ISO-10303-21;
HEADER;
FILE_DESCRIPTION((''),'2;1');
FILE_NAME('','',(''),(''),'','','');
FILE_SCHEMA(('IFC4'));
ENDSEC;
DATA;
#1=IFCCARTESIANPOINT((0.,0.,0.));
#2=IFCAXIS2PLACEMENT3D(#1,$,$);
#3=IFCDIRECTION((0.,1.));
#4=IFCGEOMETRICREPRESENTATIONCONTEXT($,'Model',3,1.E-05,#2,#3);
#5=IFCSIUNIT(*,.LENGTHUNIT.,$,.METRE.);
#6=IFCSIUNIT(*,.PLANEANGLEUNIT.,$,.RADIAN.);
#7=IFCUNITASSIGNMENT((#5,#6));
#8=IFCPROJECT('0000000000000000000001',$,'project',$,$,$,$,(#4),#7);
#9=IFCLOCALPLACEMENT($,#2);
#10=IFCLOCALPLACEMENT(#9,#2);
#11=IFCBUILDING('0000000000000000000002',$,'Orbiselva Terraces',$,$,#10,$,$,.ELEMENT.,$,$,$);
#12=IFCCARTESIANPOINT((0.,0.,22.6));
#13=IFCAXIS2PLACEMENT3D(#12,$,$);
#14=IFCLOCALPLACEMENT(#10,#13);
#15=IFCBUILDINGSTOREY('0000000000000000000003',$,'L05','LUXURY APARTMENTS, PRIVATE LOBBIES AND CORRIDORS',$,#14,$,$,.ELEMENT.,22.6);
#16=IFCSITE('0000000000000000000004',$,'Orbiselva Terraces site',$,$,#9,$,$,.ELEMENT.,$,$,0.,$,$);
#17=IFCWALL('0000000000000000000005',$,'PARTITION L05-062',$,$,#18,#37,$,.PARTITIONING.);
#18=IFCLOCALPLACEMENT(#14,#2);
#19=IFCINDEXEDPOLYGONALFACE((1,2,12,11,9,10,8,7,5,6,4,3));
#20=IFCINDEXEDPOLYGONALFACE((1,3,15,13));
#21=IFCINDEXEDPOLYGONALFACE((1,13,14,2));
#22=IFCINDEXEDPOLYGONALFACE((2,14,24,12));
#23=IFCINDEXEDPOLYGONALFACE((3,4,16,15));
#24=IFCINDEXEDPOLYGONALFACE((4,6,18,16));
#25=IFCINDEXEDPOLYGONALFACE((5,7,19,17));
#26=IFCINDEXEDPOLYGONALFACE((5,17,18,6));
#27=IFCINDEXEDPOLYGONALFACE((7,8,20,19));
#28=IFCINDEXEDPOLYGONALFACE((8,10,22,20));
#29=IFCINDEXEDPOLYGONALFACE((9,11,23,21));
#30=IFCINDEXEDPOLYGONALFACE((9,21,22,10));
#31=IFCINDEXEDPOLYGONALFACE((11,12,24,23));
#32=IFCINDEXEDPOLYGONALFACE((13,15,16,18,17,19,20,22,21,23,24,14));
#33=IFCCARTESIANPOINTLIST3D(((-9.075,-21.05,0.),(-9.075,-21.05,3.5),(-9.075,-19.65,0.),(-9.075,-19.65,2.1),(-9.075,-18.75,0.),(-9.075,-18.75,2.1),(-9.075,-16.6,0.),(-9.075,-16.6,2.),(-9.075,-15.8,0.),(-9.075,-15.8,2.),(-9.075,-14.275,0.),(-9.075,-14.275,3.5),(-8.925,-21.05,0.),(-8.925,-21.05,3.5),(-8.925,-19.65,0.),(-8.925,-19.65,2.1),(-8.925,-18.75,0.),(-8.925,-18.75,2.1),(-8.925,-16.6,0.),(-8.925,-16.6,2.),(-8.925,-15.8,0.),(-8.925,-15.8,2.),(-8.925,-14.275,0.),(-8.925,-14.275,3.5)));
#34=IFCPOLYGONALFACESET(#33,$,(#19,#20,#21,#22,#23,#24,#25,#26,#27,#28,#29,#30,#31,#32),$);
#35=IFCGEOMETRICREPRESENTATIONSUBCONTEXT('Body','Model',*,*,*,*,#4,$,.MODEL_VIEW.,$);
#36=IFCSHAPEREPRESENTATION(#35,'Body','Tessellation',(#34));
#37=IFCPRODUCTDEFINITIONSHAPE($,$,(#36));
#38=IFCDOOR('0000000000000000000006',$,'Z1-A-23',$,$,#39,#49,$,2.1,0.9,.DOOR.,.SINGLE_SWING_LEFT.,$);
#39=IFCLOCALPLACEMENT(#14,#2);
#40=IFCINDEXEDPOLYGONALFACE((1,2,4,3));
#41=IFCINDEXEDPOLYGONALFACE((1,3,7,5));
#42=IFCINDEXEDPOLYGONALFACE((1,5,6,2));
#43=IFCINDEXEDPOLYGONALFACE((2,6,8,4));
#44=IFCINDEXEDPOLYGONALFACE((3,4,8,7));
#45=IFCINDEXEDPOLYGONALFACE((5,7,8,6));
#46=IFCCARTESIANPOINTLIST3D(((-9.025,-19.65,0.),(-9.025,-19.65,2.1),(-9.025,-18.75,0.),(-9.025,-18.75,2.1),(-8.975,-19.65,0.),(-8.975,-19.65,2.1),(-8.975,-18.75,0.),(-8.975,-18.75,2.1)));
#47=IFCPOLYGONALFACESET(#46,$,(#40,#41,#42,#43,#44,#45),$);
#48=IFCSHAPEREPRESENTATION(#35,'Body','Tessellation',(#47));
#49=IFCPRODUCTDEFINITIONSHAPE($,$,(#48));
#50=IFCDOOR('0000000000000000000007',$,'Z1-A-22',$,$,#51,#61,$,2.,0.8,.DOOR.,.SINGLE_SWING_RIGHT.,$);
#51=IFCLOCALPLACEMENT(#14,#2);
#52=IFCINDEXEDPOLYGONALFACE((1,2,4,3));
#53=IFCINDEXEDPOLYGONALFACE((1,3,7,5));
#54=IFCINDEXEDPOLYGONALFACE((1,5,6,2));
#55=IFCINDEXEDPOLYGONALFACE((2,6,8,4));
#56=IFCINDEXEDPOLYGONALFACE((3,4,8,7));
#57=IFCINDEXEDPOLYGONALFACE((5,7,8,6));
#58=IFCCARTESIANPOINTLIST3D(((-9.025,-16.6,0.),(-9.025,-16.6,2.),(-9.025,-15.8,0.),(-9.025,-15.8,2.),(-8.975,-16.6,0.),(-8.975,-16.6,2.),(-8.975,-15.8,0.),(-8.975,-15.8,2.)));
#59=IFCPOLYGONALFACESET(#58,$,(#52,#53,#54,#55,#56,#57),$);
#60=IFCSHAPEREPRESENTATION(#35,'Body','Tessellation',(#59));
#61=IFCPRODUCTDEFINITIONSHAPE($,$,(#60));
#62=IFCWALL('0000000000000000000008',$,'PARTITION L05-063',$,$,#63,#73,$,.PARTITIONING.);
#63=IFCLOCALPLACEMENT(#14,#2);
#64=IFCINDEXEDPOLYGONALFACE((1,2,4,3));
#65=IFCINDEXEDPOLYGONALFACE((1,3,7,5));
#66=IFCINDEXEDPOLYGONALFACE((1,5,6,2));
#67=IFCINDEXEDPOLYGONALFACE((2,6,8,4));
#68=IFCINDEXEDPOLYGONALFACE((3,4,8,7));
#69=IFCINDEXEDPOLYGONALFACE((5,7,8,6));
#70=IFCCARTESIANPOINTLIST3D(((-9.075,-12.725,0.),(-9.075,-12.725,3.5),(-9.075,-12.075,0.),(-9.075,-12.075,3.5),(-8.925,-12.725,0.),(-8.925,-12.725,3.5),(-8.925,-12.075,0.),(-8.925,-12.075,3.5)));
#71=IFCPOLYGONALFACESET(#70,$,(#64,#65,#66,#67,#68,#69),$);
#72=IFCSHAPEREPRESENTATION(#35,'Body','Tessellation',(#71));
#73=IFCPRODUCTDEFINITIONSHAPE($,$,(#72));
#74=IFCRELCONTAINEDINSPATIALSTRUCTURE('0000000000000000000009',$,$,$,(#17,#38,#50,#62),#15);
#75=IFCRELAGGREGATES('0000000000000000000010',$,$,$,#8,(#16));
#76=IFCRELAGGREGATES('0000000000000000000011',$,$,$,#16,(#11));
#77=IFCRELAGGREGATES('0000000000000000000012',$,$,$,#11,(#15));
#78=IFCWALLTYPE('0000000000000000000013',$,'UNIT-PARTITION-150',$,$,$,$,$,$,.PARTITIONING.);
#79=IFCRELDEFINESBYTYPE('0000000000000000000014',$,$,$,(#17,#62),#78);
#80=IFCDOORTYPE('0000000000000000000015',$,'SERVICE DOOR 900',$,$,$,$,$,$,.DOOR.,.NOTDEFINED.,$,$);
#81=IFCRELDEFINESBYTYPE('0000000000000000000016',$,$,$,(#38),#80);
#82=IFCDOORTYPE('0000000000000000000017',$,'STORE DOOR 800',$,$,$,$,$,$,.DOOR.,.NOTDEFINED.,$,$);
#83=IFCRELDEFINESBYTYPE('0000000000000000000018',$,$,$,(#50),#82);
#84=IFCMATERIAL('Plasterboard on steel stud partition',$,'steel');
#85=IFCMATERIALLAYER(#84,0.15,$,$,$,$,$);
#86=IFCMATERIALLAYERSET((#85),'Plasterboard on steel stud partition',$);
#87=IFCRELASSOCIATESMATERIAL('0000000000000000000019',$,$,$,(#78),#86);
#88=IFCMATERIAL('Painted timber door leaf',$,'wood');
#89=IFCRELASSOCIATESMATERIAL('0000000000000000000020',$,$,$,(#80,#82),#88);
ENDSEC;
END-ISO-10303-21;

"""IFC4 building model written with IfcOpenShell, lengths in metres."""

from ifc_helpers import new_model, si_unit, direction, frame, frame_2d, origin, place, context, subcontext, project, spatial, rectangle, extrude, material, layer, layer_set, type_object, element, fill, save


model = new_model("IFC4")

# Units and contexts
model_context = context("Model", 3, precision=1e-05, world=origin(), true_north=direction((0.0, 1.0)))
body_context = subcontext(model_context, "Body", "Model", "MODEL_VIEW")
ifc_project = project(units=[si_unit("LENGTHUNIT", "METRE"), si_unit("PLANEANGLEUNIT", "RADIAN")], contexts=[model_context])

# Site, building, storey
site_placement = place(None, origin())
site = spatial("IfcSite", under=ifc_project, at=site_placement, Name="Orbiselva Terraces site", CompositionType="ELEMENT", RefElevation=0.0)
building_placement = place(site_placement, origin())
building = spatial("IfcBuilding", under=site, at=building_placement, Name="Orbiselva Terraces", CompositionType="ELEMENT")
storey_placement = place(building_placement, frame((0.0, 0.0, 22.6)))
storey = spatial("IfcBuildingStorey", under=building, at=storey_placement, Name="L05", Description="LUXURY APARTMENTS, PRIVATE LOBBIES AND CORRIDORS", CompositionType="ELEMENT", Elevation=22.6)

# Shared definitions
ifc_material_1 = material(Name="Plasterboard on steel stud partition", Category="steel")
ifc_material_2 = material(Name="Painted timber door leaf", Category="wood")

# Shared definitions
ifc_layer_1 = layer(ifc_material_1, 0.15)
ifc_layer_set_1 = layer_set([ifc_layer_1], Name="Plasterboard on steel stud partition")
wall_type_1 = type_object("IfcWallType", Name="UNIT-PARTITION-150", PredefinedType="PARTITIONING", material=ifc_layer_set_1)

# Wall, openings, doors
wall_1_placement = place(storey_placement, frame((-9.0, -21.05, 0.0), z_axis=(0.0, 0.0, 1.0), x_axis=(0.0, 1.0, 0.0)))
wall_1 = element("IfcWall", 1, at=wall_1_placement, inside=storey, type_object=wall_type_1, Name="PARTITION L05-062", PredefinedType="PARTITIONING", context=body_context, shape_type="SweptSolid", body=[
    extrude(rectangle(XDim=6.775, YDim=0.15, at=frame_2d((3.3875, 0.0))), origin(), (0.0, 0.0, 1.0), 3.5),
])
opening_1_placement = place(wall_1_placement, frame((4.45, 0.0, 0.0)))
opening_1 = element("IfcOpeningElement", 2, at=opening_1_placement, cuts=wall_1, PredefinedType="OPENING", context=body_context, shape_type="SweptSolid", body=[
    extrude(rectangle(XDim=0.8, YDim=2.0, at=frame_2d((0.4, 1.0))), frame((0.0, 0.085, 0.0), z_axis=(0.0, -1.0, 0.0), x_axis=(1.0, 0.0, 0.0)), (0.0, 0.0, 1.0), 0.17),
])
opening_2_placement = place(wall_1_placement, frame((1.4, 0.0, 0.0)))
opening_2 = element("IfcOpeningElement", 3, at=opening_2_placement, cuts=wall_1, PredefinedType="OPENING", context=body_context, shape_type="SweptSolid", body=[
    extrude(rectangle(XDim=0.9, YDim=2.1, at=frame_2d((0.45, 1.05))), frame((0.0, 0.085, 0.0), z_axis=(0.0, -1.0, 0.0), x_axis=(1.0, 0.0, 0.0)), (0.0, 0.0, 1.0), 0.17),
])
door_type_1 = type_object("IfcDoorType", Name="SERVICE DOOR 900", OperationType="NOTDEFINED", PredefinedType="DOOR", material=ifc_material_2)
door_1_placement = place(opening_2_placement, origin())
door_1 = element("IfcDoor", 4, at=door_1_placement, inside=storey, type_object=door_type_1, Name="Z1-A-23", OperationType="SINGLE_SWING_LEFT", OverallHeight=2.1, OverallWidth=0.9, PredefinedType="DOOR", context=body_context, shape_type="SweptSolid", body=[
    extrude(rectangle(XDim=0.9, YDim=2.1, at=frame_2d((0.45, 1.05))), frame((0.0, 0.025, 0.0), z_axis=(0.0, -1.0, 0.0), x_axis=(1.0, 0.0, 0.0)), (0.0, 0.0, 1.0), 0.05),
])
fill(opening_2, door_1)
door_type_2 = type_object("IfcDoorType", Name="STORE DOOR 800", OperationType="NOTDEFINED", PredefinedType="DOOR", material=ifc_material_2)
door_2_placement = place(opening_1_placement, origin())
door_2 = element("IfcDoor", 5, at=door_2_placement, inside=storey, type_object=door_type_2, Name="Z1-A-22", OperationType="SINGLE_SWING_RIGHT", OverallHeight=2.0, OverallWidth=0.8, PredefinedType="DOOR", context=body_context, shape_type="SweptSolid", body=[
    extrude(rectangle(XDim=0.8, YDim=2.0, at=frame_2d((0.4, 1.0))), frame((0.0, 0.025, 0.0), z_axis=(0.0, -1.0, 0.0), x_axis=(1.0, 0.0, 0.0)), (0.0, 0.0, 1.0), 0.05),
])
fill(opening_1, door_2)

# Wall
wall_2_placement = place(storey_placement, frame((-9.0, -12.725, 0.0), z_axis=(0.0, 0.0, 1.0), x_axis=(0.0, 1.0, 0.0)))
element("IfcWall", 6, at=wall_2_placement, inside=storey, type_object=wall_type_1, Name="PARTITION L05-063", PredefinedType="PARTITIONING", context=body_context, shape_type="SweptSolid", body=[
    extrude(rectangle(XDim=0.65, YDim=0.15, at=frame_2d((0.325, 0.0))), origin(), (0.0, 0.0, 1.0), 3.5),
])

save(model, "model.ifc")
